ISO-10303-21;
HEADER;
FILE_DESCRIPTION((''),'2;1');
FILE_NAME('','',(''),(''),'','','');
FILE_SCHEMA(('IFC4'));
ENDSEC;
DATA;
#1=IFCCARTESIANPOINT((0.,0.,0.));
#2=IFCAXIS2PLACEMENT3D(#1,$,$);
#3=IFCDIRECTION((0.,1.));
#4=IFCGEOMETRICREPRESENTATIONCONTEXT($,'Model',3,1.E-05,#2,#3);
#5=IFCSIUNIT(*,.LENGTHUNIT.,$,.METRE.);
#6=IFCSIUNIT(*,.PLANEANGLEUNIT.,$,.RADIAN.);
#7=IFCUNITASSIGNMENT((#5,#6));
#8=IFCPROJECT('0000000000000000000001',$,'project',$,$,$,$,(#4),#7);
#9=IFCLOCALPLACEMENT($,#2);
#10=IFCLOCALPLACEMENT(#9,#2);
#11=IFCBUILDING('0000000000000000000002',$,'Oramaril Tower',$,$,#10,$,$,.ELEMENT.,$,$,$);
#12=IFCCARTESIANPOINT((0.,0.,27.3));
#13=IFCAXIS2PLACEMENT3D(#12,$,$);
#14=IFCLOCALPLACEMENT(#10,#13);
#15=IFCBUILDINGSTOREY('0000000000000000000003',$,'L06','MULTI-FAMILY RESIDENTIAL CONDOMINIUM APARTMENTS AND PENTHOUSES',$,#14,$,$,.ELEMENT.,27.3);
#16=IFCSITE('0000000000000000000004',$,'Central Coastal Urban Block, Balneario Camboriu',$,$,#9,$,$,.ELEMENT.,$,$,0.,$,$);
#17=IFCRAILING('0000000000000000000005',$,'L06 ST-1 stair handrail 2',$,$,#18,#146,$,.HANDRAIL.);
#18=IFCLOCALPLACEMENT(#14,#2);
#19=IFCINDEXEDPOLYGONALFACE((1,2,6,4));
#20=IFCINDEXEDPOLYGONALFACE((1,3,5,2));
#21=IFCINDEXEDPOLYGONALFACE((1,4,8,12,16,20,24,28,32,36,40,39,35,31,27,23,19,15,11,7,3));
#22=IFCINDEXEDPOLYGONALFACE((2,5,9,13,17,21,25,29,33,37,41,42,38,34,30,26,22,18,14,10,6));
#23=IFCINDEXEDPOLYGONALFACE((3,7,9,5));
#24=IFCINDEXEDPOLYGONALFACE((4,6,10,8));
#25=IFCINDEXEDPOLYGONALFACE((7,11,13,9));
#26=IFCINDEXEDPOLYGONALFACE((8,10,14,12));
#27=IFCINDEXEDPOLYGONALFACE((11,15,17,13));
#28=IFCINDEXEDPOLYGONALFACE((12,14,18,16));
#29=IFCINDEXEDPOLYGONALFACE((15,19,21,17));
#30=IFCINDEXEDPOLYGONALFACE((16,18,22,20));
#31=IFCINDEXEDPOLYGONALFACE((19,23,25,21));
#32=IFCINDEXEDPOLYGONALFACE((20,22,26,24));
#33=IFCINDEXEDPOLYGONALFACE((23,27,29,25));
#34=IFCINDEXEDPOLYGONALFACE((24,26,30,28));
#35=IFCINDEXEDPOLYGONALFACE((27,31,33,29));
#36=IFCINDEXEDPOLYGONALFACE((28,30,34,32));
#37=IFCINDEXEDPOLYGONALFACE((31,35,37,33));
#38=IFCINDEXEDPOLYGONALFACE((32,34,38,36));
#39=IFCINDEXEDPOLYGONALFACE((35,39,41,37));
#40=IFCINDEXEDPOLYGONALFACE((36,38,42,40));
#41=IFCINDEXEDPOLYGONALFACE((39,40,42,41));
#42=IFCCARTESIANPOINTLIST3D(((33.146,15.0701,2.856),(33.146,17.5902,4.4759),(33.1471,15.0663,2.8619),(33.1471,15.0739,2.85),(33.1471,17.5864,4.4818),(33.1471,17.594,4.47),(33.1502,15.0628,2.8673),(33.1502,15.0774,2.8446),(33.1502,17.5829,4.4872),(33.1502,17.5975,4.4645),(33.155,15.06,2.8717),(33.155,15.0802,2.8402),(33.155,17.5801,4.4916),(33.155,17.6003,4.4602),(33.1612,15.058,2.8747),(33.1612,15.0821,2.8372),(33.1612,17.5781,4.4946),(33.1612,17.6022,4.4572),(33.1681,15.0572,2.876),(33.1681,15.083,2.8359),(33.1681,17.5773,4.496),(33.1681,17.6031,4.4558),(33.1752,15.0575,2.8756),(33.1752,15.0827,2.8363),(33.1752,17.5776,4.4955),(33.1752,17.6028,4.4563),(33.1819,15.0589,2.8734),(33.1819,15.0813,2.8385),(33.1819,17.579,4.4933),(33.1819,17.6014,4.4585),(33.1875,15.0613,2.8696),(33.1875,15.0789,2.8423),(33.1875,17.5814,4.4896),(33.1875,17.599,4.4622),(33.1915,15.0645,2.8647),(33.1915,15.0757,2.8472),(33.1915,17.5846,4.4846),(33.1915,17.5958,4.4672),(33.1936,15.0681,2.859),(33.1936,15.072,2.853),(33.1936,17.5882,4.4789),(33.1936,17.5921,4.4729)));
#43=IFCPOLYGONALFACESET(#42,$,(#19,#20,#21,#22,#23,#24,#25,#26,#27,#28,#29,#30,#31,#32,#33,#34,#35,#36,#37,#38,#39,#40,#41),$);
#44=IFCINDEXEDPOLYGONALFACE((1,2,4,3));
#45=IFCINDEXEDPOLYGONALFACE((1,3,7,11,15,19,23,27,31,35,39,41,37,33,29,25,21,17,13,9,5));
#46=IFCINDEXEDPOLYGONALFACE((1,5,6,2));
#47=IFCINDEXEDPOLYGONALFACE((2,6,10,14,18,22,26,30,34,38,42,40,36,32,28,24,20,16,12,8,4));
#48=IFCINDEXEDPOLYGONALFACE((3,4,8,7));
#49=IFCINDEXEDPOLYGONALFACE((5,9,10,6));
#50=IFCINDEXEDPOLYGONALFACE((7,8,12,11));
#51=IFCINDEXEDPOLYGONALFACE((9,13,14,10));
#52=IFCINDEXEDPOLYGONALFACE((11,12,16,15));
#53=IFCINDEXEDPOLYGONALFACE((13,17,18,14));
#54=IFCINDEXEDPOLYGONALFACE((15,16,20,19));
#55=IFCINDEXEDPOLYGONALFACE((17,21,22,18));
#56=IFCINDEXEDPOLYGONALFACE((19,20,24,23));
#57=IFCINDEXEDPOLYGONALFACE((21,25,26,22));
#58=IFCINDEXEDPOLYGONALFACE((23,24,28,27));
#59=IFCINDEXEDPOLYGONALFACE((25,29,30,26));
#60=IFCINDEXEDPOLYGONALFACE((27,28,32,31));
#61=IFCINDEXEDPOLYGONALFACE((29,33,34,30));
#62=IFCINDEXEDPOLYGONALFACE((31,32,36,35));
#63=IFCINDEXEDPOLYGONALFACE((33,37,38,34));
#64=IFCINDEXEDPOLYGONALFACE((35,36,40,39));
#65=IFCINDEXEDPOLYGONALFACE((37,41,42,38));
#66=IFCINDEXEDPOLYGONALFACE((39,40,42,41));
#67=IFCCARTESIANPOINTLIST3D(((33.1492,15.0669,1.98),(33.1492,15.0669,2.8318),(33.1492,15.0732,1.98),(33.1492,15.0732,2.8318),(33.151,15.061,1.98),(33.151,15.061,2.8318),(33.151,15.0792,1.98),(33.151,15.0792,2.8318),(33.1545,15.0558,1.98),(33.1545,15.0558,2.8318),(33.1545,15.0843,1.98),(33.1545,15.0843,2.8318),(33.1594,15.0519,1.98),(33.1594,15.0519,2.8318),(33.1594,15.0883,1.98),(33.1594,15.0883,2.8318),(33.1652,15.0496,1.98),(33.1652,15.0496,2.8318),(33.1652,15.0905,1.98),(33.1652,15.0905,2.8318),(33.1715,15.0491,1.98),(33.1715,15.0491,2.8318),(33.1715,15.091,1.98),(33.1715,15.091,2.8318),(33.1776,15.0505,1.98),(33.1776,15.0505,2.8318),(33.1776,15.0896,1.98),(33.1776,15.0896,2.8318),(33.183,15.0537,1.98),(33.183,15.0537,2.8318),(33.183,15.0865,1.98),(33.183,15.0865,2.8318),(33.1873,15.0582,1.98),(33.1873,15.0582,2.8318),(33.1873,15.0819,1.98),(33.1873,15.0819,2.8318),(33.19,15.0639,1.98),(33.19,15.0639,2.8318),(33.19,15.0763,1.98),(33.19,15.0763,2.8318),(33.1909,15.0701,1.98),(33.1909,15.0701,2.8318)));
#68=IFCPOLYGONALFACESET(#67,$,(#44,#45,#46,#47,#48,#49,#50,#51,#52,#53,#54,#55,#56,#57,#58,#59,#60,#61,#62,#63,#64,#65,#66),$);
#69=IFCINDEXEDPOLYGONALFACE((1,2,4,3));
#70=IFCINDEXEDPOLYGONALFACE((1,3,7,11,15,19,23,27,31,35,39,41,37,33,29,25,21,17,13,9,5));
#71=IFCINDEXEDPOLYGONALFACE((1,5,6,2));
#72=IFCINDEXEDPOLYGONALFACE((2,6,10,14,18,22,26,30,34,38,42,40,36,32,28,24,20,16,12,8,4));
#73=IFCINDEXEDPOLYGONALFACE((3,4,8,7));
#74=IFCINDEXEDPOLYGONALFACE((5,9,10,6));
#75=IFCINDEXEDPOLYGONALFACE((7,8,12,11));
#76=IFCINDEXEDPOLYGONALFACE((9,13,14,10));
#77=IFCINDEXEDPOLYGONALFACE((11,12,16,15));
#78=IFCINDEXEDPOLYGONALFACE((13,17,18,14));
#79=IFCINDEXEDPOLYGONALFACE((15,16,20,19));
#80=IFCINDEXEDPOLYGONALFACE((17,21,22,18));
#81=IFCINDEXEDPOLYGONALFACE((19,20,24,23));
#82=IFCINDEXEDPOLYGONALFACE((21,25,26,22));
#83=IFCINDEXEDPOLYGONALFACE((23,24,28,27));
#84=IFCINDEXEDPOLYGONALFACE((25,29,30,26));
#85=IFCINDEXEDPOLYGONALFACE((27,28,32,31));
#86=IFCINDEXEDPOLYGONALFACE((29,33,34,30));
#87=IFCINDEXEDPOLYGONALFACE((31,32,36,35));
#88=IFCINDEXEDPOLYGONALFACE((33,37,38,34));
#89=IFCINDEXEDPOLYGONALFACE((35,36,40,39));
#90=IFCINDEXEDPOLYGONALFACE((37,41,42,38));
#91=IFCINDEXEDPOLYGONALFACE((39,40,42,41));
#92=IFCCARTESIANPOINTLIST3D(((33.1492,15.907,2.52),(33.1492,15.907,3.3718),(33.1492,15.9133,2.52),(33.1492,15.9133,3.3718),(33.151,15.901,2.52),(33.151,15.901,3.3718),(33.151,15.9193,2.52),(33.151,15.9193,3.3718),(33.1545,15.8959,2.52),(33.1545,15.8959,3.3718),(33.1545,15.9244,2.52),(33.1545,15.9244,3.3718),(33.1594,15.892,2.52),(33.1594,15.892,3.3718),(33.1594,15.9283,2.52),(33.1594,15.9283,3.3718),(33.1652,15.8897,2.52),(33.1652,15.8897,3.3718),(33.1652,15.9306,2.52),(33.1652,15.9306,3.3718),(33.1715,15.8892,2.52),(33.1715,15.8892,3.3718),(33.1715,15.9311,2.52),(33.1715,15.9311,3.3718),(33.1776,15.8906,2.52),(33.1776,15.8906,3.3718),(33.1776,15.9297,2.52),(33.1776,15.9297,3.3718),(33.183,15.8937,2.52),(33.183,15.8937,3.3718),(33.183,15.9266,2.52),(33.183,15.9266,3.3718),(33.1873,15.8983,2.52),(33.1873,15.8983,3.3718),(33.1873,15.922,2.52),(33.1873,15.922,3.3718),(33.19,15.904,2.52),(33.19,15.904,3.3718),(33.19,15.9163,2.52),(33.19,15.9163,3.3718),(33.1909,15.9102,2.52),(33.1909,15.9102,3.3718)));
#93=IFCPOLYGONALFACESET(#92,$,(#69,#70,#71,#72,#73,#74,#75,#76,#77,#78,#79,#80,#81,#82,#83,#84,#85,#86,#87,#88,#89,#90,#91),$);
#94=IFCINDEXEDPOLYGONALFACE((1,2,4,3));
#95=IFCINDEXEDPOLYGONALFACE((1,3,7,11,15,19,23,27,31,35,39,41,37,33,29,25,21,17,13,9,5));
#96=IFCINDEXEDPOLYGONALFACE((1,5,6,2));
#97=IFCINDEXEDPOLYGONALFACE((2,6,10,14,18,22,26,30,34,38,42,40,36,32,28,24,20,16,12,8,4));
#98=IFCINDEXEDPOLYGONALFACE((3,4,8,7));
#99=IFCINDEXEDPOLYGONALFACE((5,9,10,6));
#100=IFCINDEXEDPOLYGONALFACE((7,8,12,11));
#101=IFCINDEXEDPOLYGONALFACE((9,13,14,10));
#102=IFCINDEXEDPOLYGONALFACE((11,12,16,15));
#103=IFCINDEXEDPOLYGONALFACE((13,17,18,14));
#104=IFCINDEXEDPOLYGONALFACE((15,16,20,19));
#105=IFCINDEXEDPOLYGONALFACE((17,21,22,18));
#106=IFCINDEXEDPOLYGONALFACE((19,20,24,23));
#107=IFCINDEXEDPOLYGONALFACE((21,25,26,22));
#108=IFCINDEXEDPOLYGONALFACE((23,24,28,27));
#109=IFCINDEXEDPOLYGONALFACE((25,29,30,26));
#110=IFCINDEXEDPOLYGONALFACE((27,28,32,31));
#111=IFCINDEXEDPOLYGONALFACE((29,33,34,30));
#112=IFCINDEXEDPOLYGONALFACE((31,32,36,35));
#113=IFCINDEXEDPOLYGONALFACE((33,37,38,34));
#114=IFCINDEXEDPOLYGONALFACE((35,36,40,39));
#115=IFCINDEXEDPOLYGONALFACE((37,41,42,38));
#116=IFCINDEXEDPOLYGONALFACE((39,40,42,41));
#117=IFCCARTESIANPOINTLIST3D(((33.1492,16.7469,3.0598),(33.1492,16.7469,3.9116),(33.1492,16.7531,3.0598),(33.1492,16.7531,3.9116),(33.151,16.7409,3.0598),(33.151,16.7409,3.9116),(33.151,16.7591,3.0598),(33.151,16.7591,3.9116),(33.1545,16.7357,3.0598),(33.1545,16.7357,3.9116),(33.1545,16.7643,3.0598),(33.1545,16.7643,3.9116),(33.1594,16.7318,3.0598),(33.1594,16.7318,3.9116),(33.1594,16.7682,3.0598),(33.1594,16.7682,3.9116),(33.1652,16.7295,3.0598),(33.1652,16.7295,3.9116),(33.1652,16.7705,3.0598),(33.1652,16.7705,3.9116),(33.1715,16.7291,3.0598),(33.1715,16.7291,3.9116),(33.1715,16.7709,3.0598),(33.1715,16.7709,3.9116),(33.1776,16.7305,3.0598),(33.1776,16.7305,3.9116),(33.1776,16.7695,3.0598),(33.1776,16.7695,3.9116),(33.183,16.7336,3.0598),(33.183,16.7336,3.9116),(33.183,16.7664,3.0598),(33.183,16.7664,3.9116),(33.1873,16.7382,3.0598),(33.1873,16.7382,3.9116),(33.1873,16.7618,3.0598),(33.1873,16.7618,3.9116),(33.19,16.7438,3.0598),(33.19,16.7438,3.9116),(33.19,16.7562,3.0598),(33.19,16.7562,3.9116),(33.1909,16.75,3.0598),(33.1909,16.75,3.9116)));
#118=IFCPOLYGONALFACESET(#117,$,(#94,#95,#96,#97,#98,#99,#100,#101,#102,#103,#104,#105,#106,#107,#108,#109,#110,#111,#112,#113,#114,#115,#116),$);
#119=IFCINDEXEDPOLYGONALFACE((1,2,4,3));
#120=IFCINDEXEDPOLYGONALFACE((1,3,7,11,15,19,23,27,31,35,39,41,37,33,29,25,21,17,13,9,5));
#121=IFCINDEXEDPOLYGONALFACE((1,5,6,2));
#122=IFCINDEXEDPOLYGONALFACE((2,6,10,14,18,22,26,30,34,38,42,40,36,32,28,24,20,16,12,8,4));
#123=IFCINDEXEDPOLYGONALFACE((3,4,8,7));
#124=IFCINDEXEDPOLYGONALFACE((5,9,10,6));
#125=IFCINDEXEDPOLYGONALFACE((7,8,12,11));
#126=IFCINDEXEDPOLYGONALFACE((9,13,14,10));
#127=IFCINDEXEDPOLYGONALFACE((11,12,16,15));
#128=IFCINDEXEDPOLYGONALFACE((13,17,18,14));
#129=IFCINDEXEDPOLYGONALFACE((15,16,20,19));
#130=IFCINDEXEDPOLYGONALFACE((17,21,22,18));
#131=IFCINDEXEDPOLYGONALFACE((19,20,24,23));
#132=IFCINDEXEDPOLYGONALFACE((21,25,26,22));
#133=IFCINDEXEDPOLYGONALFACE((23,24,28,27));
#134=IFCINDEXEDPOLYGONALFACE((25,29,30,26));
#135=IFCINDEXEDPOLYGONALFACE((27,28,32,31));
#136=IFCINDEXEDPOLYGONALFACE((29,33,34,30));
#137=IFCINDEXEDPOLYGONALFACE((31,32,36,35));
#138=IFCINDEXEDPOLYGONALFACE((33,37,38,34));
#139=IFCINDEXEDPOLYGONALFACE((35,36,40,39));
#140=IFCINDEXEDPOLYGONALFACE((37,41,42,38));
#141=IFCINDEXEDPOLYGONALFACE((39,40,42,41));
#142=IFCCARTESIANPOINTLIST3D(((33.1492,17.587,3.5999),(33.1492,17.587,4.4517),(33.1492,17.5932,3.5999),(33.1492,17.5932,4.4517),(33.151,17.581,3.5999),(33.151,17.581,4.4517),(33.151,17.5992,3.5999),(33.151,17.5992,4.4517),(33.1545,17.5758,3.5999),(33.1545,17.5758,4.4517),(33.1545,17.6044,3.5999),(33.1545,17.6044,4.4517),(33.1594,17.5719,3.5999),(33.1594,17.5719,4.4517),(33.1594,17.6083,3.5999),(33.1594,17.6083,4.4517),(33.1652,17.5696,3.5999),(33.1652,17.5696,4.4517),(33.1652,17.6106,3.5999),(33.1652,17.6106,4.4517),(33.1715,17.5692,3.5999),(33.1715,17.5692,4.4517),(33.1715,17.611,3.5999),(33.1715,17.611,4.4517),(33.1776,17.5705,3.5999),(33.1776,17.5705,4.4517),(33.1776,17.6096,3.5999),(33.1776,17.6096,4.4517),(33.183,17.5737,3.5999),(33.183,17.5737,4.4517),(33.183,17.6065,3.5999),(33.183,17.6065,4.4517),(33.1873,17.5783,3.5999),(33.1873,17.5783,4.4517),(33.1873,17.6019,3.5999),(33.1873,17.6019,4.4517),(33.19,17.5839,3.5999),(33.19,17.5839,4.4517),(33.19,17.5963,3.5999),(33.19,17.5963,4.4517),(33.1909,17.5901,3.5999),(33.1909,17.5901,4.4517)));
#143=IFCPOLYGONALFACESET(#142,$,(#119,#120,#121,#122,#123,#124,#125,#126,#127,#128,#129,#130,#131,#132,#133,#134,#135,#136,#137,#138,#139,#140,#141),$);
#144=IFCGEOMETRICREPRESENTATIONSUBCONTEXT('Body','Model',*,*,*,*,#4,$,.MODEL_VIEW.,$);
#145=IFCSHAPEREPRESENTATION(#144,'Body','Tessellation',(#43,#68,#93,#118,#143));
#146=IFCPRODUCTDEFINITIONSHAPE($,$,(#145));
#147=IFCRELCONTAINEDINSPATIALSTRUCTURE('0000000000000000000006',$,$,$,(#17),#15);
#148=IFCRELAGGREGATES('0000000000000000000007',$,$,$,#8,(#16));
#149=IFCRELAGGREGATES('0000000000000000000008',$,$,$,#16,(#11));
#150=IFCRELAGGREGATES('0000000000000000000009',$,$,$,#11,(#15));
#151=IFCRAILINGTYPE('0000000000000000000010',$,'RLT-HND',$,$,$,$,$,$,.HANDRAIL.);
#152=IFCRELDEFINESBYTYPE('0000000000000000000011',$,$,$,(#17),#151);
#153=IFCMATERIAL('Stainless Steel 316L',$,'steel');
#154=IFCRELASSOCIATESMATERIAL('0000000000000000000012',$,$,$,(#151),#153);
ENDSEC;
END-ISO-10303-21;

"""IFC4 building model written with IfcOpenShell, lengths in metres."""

from ifc_helpers import new_model, si_unit, direction, frame, origin, origin_2d, place, context, subcontext, project, spatial, circle, extrude, material, type_object, element, save


model = new_model("IFC4")

# Units and contexts
model_context = context("Model", 3, precision=1e-05, world=origin(), true_north=direction((0.0, 1.0)))
body_context = subcontext(model_context, "Body", "Model", "MODEL_VIEW")
ifc_project = project(units=[si_unit("LENGTHUNIT", "METRE"), si_unit("PLANEANGLEUNIT", "RADIAN")], contexts=[model_context])

# Site, building, storey
site_placement = place(None, origin())
site = spatial("IfcSite", under=ifc_project, at=site_placement, Name="Central Coastal Urban Block, Balneario Camboriu", CompositionType="ELEMENT", RefElevation=0.0)
building_placement = place(site_placement, origin())
building = spatial("IfcBuilding", under=site, at=building_placement, Name="Oramaril Tower", CompositionType="ELEMENT")
storey_placement = place(building_placement, frame((0.0, 0.0, 27.3)))
storey = spatial("IfcBuildingStorey", under=building, at=storey_placement, Name="L06", Description="MULTI-FAMILY RESIDENTIAL CONDOMINIUM APARTMENTS AND PENTHOUSES", CompositionType="ELEMENT", Elevation=27.3)

# Railing
ifc_material_1 = material(Name="Stainless Steel 316L", Category="steel")
railing_type_1 = type_object("IfcRailingType", Name="RLT-HND", PredefinedType="HANDRAIL", material=ifc_material_1)
railing_1_placement = place(storey_placement, frame((33.1699, 15.0701, 1.98)))
element("IfcRailing", 1, at=railing_1_placement, inside=storey, type_object=railing_type_1, Name="L06 ST-1 stair handrail 2", PredefinedType="HANDRAIL", context=body_context, shape_type="SweptSolid", body=[
    extrude(circle(Radius=0.0239, at=origin_2d()), frame((0.0, 0.0, 0.876), z_axis=(0.0, 0.8412, 0.540725), x_axis=(-1.0, 0.0, 0.0)), (0.0, 0.0, 1.0), 2.9958),
    extrude(circle(Radius=0.021, at=origin_2d()), origin(), (0.0, 0.0, 1.0), 0.8518),
    extrude(circle(Radius=0.021, at=origin_2d()), frame((0.0, 0.8401, 0.54)), (0.0, 0.0, 1.0), 0.8518),
    extrude(circle(Radius=0.021, at=origin_2d()), frame((0.0, 1.6799, 1.0798)), (0.0, 0.0, 1.0), 0.8518),
    extrude(circle(Radius=0.021, at=origin_2d()), frame((0.0, 2.52, 1.6199)), (0.0, 0.0, 1.0), 0.8518),
])

save(model, "model.ifc")
